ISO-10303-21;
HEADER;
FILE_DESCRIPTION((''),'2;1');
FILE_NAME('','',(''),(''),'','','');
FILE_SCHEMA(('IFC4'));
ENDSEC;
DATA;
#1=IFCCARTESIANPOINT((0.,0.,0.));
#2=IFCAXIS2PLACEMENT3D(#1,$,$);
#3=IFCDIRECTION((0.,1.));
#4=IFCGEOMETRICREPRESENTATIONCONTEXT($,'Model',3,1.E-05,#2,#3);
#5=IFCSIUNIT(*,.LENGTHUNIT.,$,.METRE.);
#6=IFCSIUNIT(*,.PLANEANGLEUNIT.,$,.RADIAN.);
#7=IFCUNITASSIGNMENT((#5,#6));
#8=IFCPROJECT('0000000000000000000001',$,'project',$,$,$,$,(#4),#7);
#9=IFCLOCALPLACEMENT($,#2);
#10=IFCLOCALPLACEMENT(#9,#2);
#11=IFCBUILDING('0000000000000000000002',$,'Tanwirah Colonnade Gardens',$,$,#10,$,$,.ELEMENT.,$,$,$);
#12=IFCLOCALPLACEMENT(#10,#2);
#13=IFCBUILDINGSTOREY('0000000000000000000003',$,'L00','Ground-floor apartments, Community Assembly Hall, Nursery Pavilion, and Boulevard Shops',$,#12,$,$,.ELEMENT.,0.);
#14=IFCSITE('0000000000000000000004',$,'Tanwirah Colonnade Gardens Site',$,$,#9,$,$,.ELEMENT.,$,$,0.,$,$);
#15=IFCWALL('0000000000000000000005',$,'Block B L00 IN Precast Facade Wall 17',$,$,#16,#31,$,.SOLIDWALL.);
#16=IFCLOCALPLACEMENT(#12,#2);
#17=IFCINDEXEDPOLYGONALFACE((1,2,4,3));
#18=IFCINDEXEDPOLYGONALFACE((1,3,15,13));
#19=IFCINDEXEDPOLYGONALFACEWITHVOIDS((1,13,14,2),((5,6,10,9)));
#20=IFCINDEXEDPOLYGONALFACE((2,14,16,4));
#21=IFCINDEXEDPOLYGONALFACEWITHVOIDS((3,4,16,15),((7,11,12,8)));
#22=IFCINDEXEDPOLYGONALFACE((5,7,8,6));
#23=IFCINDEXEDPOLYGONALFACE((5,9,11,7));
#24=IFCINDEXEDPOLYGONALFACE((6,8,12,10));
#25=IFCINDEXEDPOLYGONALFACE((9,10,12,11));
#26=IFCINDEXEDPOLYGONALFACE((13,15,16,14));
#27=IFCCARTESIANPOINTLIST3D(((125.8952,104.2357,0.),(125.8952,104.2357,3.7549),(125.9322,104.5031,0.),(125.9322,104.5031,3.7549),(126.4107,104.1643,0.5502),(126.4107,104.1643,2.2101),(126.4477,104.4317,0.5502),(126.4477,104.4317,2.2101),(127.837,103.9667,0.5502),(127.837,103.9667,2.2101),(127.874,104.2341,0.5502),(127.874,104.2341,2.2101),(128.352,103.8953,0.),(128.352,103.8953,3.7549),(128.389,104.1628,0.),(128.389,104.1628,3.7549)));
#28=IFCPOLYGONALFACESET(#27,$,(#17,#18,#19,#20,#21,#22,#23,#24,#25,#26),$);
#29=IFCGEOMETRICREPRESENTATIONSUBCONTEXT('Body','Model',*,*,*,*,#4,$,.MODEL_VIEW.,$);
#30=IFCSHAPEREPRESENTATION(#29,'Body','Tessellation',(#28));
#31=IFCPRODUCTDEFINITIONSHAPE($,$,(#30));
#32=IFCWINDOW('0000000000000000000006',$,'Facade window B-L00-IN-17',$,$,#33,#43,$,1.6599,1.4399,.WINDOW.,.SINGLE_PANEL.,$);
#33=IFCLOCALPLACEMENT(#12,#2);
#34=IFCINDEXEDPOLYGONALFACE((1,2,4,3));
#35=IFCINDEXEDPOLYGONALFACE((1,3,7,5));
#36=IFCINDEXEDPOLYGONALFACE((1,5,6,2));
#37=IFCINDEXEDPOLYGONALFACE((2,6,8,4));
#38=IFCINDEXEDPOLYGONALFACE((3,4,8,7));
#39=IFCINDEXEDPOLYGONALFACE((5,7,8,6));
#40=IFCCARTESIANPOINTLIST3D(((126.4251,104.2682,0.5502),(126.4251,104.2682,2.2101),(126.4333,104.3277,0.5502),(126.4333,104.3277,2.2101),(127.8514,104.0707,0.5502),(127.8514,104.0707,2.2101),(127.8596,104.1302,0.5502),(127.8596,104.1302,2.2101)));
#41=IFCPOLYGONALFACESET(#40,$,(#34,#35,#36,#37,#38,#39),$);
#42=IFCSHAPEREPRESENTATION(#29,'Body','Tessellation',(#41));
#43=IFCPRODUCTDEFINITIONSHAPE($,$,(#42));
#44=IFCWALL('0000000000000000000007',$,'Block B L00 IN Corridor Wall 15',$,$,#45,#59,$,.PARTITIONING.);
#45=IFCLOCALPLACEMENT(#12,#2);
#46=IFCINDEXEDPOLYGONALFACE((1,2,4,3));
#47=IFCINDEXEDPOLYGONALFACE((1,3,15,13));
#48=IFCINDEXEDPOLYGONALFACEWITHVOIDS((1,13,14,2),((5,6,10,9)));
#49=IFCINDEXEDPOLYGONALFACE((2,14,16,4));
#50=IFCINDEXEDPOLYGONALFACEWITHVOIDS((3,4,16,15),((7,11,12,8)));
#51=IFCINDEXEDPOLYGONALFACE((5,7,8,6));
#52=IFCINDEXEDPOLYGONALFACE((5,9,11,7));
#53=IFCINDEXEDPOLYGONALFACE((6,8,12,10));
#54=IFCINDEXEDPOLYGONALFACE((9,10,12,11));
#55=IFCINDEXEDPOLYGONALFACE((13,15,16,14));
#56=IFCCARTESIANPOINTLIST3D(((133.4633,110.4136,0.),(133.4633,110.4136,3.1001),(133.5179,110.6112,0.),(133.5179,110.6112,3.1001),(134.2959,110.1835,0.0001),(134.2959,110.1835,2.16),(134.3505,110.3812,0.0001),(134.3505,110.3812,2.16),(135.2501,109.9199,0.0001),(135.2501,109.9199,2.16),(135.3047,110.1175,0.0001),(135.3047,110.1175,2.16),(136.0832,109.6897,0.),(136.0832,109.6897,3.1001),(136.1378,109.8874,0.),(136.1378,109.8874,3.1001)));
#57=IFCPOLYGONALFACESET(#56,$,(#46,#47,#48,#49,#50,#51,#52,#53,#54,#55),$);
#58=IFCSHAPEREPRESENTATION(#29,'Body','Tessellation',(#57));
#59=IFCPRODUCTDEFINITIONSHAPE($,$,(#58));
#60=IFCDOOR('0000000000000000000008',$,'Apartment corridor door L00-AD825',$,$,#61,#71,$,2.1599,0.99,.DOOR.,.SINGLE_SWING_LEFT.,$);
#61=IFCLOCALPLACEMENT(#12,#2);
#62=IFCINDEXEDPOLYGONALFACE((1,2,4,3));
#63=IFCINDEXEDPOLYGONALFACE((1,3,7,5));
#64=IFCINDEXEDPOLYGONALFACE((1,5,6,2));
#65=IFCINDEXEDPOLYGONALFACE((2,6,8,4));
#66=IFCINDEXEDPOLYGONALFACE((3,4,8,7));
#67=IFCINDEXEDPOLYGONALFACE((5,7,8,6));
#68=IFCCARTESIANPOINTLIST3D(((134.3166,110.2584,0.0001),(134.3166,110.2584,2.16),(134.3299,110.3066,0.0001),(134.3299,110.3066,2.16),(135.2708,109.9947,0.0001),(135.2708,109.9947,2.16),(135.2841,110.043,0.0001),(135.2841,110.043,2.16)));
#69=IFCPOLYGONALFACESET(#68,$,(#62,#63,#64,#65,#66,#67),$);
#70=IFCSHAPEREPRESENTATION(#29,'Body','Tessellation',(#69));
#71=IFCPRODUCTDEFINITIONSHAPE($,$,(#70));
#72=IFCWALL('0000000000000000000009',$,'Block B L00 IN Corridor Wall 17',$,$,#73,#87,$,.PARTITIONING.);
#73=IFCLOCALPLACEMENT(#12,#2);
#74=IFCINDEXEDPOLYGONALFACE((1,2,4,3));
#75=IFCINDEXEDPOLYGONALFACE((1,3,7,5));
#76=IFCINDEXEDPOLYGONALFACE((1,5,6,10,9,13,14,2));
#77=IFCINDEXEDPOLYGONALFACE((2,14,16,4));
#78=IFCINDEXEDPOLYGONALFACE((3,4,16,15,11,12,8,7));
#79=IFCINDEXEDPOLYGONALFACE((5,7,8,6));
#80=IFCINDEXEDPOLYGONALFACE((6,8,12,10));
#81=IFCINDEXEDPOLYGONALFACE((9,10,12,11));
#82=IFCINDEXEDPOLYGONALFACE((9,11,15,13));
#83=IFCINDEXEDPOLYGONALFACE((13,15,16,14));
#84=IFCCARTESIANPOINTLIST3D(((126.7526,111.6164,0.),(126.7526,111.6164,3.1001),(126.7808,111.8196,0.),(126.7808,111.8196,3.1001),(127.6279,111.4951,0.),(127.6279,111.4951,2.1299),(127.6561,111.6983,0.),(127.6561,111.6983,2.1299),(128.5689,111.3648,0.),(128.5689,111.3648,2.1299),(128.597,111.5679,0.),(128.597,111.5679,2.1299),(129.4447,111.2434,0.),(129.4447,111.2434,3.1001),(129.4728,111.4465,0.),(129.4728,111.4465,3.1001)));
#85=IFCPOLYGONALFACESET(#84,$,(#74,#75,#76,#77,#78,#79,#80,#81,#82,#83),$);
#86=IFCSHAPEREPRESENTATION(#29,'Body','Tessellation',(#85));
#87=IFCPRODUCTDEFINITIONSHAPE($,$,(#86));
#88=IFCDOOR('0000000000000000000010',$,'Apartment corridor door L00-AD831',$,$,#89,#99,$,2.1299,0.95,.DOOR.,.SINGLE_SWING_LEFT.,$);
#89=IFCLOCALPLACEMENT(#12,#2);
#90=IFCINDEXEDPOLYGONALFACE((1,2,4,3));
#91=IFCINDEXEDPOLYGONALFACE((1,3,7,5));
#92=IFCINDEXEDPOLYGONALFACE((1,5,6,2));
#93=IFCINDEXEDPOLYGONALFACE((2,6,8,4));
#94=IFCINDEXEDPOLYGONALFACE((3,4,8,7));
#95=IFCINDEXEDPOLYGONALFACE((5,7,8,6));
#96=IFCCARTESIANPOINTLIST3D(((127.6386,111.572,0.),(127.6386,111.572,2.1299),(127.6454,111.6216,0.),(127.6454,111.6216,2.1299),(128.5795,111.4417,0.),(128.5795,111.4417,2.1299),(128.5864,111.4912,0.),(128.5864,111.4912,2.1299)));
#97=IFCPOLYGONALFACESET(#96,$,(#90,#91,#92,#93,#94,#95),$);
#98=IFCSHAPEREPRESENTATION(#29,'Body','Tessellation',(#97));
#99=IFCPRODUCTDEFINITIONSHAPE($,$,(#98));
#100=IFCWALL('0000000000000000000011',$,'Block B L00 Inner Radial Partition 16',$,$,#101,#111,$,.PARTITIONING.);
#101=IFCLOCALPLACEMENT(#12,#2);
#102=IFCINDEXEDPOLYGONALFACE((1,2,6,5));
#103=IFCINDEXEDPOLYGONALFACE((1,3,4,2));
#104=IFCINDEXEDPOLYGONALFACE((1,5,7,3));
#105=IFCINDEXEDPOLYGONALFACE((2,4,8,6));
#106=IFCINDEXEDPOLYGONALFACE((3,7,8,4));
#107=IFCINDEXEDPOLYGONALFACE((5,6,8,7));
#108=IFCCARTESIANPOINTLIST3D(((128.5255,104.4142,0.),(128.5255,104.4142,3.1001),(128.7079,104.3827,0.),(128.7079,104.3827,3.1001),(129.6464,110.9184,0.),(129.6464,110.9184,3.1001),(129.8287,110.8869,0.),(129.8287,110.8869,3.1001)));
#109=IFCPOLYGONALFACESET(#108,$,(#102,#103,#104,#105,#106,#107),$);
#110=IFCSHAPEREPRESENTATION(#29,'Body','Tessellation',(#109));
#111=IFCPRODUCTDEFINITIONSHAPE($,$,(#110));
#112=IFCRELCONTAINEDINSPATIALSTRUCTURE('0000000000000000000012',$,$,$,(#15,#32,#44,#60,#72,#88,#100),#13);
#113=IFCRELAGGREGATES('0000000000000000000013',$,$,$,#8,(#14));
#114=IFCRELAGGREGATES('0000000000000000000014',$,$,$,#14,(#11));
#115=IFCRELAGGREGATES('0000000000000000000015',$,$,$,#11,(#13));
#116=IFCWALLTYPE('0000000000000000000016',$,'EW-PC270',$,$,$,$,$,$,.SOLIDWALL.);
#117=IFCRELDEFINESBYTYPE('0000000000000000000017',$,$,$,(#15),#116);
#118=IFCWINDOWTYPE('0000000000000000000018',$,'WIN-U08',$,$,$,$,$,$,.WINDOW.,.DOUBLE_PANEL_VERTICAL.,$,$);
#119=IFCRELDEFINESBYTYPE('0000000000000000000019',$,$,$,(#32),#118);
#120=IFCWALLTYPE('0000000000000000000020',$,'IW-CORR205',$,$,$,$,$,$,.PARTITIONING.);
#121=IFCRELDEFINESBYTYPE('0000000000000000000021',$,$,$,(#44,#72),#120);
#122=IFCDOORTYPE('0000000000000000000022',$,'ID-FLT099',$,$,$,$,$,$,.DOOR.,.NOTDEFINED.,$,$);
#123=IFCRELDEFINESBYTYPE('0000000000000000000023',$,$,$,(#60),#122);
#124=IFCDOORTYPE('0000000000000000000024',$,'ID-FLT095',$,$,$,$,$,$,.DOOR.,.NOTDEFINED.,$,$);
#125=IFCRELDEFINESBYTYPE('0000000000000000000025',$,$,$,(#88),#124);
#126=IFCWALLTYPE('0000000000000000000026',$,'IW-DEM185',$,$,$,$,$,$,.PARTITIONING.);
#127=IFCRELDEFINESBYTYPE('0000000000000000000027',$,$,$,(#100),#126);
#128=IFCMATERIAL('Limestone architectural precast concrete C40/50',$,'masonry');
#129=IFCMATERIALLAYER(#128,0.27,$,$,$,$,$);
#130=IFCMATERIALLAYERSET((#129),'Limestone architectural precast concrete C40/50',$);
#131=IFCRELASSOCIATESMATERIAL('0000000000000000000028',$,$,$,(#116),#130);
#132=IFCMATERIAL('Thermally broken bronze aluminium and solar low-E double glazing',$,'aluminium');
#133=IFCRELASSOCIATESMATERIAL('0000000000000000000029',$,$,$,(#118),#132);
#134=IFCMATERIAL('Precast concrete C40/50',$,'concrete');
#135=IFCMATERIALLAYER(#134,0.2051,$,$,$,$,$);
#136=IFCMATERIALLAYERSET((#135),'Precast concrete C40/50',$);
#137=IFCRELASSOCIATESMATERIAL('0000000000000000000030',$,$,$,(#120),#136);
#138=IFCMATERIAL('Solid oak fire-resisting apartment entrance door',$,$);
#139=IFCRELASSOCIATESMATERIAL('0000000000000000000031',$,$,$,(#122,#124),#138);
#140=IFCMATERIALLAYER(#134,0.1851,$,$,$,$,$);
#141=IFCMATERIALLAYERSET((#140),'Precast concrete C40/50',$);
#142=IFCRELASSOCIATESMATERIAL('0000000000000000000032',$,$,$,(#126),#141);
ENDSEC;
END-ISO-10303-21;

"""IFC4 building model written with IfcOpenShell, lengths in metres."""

from ifc_helpers import new_model, si_unit, direction, frame, frame_2d, origin, place, context, subcontext, project, spatial, rectangle, extrude, material, layer, layer_set, type_object, element, fill, save


model = new_model("IFC4")

# Units and contexts
model_context = context("Model", 3, precision=1e-05, world=origin(), true_north=direction((0.0, 1.0)))
body_context = subcontext(model_context, "Body", "Model", "MODEL_VIEW")
ifc_project = project(units=[si_unit("LENGTHUNIT", "METRE"), si_unit("PLANEANGLEUNIT", "RADIAN")], contexts=[model_context])

# Site, building, storey
site_placement = place(None, origin())
site = spatial("IfcSite", under=ifc_project, at=site_placement, Name="Tanwirah Colonnade Gardens Site", CompositionType="ELEMENT", RefElevation=0.0)
building_placement = place(site_placement, origin())
building = spatial("IfcBuilding", under=site, at=building_placement, Name="Tanwirah Colonnade Gardens", CompositionType="ELEMENT")
storey_placement = place(building_placement, origin())
storey = spatial("IfcBuildingStorey", under=building, at=storey_placement, Name="L00", Description="Ground-floor apartments, Community Assembly Hall, Nursery Pavilion, and Boulevard Shops", CompositionType="ELEMENT", Elevation=0.0)

# Shared definitions
ifc_material_1 = material(Name="Precast concrete C40/50", Category="concrete")

# Wall, opening, window
ifc_material_2 = material(Name="Limestone architectural precast concrete C40/50", Category="masonry")
ifc_layer_1 = layer(ifc_material_2, 0.27)
ifc_layer_set_1 = layer_set([ifc_layer_1], Name="Limestone architectural precast concrete C40/50")
wall_type_1 = type_object("IfcWallType", Name="EW-PC270", PredefinedType="SOLIDWALL", material=ifc_layer_set_1)
wall_1_placement = place(storey_placement, frame((128.3706, 104.0291, 0.0), z_axis=(0.0, 0.0, 1.0), x_axis=(-0.990541, 0.137217, 0.0)))
wall_1 = element("IfcWall", 1, at=wall_1_placement, inside=storey, type_object=wall_type_1, Name="Block B L00 IN Precast Facade Wall 17", PredefinedType="SOLIDWALL", context=body_context, shape_type="SweptSolid", body=[
    extrude(rectangle(XDim=2.4802, YDim=0.27, at=frame_2d((1.2402, 0.0))), origin(), (0.0, 0.0, 1.0), 3.7549),
])
opening_1_placement = place(wall_1_placement, frame((0.52, 0.0, 0.55)))
opening_1 = element("IfcOpeningElement", 2, at=opening_1_placement, cuts=wall_1, PredefinedType="OPENING", context=body_context, shape_type="SweptSolid", body=[
    extrude(rectangle(XDim=1.4399, YDim=1.6599, at=frame_2d((0.72, 0.8301))), frame((0.0, 0.145, 0.0), z_axis=(0.0, -1.0, 0.0), x_axis=(1.0, 0.0, 0.0)), (0.0, 0.0, 1.0), 0.29),
])
ifc_material_3 = material(Name="Thermally broken bronze aluminium and solar low-E double glazing", Category="aluminium")
window_type = type_object("IfcWindowType", Name="WIN-U08", PartitioningType="DOUBLE_PANEL_VERTICAL", PredefinedType="WINDOW", material=ifc_material_3)
window_placement = place(opening_1_placement, origin())
window = element("IfcWindow", 3, at=window_placement, inside=storey, type_object=window_type, Name="Facade window B-L00-IN-17", OverallHeight=1.6599, OverallWidth=1.4399, PartitioningType="SINGLE_PANEL", PredefinedType="WINDOW", context=body_context, shape_type="SweptSolid", body=[
    extrude(rectangle(XDim=1.4399, YDim=1.6599, at=frame_2d((0.72, 0.8301))), frame((0.0, 0.03, 0.0), z_axis=(0.0, -1.0, 0.0), x_axis=(1.0, 0.0, 0.0)), (0.0, 0.0, 1.0), 0.0601),
])
fill(opening_1, window)

# Walls, openings, doors
ifc_layer_2 = layer(ifc_material_1, 0.2051)
ifc_layer_set_2 = layer_set([ifc_layer_2], Name="Precast concrete C40/50")
wall_type_2 = type_object("IfcWallType", Name="IW-CORR205", PredefinedType="PARTITIONING", material=ifc_layer_set_2)
wall_2_placement = place(storey_placement, frame((136.1104, 109.7886, 0.0), z_axis=(0.0, 0.0, 1.0), x_axis=(-0.963884, 0.266323, 0.0)))
wall_2 = element("IfcWall", 4, at=wall_2_placement, inside=storey, type_object=wall_type_2, Name="Block B L00 IN Corridor Wall 15", PredefinedType="PARTITIONING", context=body_context, shape_type="SweptSolid", body=[
    extrude(rectangle(XDim=2.718, YDim=0.2051, at=frame_2d((1.3589, 0.0))), origin(), (0.0, 0.0, 1.0), 3.1001),
])
opening_2_placement = place(wall_2_placement, frame((0.864, 0.0, 0.0)))
opening_2 = element("IfcOpeningElement", 5, at=opening_2_placement, cuts=wall_2, PredefinedType="OPENING", context=body_context, shape_type="SweptSolid", body=[
    extrude(rectangle(XDim=0.99, YDim=2.1599, at=frame_2d((0.4951, 1.0801))), frame((0.0, 0.1125, 0.0), z_axis=(0.0, -1.0, 0.0), x_axis=(1.0, 0.0, 0.0)), (0.0, 0.0, 1.0), 0.2251),
])
ifc_material_4 = material(Name="Solid oak fire-resisting apartment entrance door")
door_type_1 = type_object("IfcDoorType", Name="ID-FLT099", OperationType="NOTDEFINED", PredefinedType="DOOR", material=ifc_material_4)
door_1_placement = place(opening_2_placement, origin())
door_1 = element("IfcDoor", 6, at=door_1_placement, inside=storey, type_object=door_type_1, Name="Apartment corridor door L00-AD825", OperationType="SINGLE_SWING_LEFT", OverallHeight=2.1599, OverallWidth=0.99, PredefinedType="DOOR", context=body_context, shape_type="SweptSolid", body=[
    extrude(rectangle(XDim=0.99, YDim=2.1599, at=frame_2d((0.4951, 1.0801))), frame((0.0, 0.0249, 0.0), z_axis=(0.0, -1.0, 0.0), x_axis=(1.0, 0.0, 0.0)), (0.0, 0.0, 1.0), 0.05),
])
fill(opening_2, door_1)
wall_3_placement = place(storey_placement, frame((129.4587, 111.345, 0.0), z_axis=(0.0, 0.0, 1.0), x_axis=(-0.990535, 0.137257, 0.0)))
wall_3 = element("IfcWall", 7, at=wall_3_placement, inside=storey, type_object=wall_type_2, Name="Block B L00 IN Corridor Wall 17", PredefinedType="PARTITIONING", context=body_context, shape_type="SweptSolid", body=[
    extrude(rectangle(XDim=2.7178, YDim=0.2051, at=frame_2d((1.3589, 0.0))), origin(), (0.0, 0.0, 1.0), 3.1001),
])
opening_3_placement = place(wall_3_placement, frame((0.884, 0.0, 0.0)))
opening_3 = element("IfcOpeningElement", 8, at=opening_3_placement, cuts=wall_3, PredefinedType="OPENING", context=body_context, shape_type="SweptSolid", body=[
    extrude(rectangle(XDim=0.95, YDim=2.1299, at=frame_2d((0.4751, 1.0649))), frame((0.0, 0.1125, 0.0), z_axis=(0.0, -1.0, 0.0), x_axis=(1.0, 0.0, 0.0)), (0.0, 0.0, 1.0), 0.2251),
])
door_type_2 = type_object("IfcDoorType", Name="ID-FLT095", OperationType="NOTDEFINED", PredefinedType="DOOR", material=ifc_material_4)
door_2_placement = place(opening_3_placement, origin())
door_2 = element("IfcDoor", 9, at=door_2_placement, inside=storey, type_object=door_type_2, Name="Apartment corridor door L00-AD831", OperationType="SINGLE_SWING_LEFT", OverallHeight=2.1299, OverallWidth=0.95, PredefinedType="DOOR", context=body_context, shape_type="SweptSolid", body=[
    extrude(rectangle(XDim=0.95, YDim=2.1299, at=frame_2d((0.4751, 1.0649))), frame((0.0, 0.0249, 0.0), z_axis=(0.0, -1.0, 0.0), x_axis=(1.0, 0.0, 0.0)), (0.0, 0.0, 1.0), 0.05),
])
fill(opening_3, door_2)

# Wall
ifc_layer_3 = layer(ifc_material_1, 0.1851)
ifc_layer_set_3 = layer_set([ifc_layer_3], Name="Precast concrete C40/50")
wall_type_3 = type_object("IfcWallType", Name="IW-DEM185", PredefinedType="PARTITIONING", material=ifc_layer_set_3)
wall_4_placement = place(storey_placement, frame((128.6167, 104.3984, 0.0), z_axis=(0.0, 0.0, 1.0), x_axis=(0.169825, 0.985474, 0.0)))
element("IfcWall", 10, at=wall_4_placement, inside=storey, type_object=wall_type_3, Name="Block B L00 Inner Radial Partition 16", PredefinedType="PARTITIONING", context=body_context, shape_type="SweptSolid", body=[
    extrude(rectangle(XDim=6.6001, YDim=0.1851, at=frame_2d((3.3, 0.0))), origin(), (0.0, 0.0, 1.0), 3.1001),
])

save(model, "model.ifc")
